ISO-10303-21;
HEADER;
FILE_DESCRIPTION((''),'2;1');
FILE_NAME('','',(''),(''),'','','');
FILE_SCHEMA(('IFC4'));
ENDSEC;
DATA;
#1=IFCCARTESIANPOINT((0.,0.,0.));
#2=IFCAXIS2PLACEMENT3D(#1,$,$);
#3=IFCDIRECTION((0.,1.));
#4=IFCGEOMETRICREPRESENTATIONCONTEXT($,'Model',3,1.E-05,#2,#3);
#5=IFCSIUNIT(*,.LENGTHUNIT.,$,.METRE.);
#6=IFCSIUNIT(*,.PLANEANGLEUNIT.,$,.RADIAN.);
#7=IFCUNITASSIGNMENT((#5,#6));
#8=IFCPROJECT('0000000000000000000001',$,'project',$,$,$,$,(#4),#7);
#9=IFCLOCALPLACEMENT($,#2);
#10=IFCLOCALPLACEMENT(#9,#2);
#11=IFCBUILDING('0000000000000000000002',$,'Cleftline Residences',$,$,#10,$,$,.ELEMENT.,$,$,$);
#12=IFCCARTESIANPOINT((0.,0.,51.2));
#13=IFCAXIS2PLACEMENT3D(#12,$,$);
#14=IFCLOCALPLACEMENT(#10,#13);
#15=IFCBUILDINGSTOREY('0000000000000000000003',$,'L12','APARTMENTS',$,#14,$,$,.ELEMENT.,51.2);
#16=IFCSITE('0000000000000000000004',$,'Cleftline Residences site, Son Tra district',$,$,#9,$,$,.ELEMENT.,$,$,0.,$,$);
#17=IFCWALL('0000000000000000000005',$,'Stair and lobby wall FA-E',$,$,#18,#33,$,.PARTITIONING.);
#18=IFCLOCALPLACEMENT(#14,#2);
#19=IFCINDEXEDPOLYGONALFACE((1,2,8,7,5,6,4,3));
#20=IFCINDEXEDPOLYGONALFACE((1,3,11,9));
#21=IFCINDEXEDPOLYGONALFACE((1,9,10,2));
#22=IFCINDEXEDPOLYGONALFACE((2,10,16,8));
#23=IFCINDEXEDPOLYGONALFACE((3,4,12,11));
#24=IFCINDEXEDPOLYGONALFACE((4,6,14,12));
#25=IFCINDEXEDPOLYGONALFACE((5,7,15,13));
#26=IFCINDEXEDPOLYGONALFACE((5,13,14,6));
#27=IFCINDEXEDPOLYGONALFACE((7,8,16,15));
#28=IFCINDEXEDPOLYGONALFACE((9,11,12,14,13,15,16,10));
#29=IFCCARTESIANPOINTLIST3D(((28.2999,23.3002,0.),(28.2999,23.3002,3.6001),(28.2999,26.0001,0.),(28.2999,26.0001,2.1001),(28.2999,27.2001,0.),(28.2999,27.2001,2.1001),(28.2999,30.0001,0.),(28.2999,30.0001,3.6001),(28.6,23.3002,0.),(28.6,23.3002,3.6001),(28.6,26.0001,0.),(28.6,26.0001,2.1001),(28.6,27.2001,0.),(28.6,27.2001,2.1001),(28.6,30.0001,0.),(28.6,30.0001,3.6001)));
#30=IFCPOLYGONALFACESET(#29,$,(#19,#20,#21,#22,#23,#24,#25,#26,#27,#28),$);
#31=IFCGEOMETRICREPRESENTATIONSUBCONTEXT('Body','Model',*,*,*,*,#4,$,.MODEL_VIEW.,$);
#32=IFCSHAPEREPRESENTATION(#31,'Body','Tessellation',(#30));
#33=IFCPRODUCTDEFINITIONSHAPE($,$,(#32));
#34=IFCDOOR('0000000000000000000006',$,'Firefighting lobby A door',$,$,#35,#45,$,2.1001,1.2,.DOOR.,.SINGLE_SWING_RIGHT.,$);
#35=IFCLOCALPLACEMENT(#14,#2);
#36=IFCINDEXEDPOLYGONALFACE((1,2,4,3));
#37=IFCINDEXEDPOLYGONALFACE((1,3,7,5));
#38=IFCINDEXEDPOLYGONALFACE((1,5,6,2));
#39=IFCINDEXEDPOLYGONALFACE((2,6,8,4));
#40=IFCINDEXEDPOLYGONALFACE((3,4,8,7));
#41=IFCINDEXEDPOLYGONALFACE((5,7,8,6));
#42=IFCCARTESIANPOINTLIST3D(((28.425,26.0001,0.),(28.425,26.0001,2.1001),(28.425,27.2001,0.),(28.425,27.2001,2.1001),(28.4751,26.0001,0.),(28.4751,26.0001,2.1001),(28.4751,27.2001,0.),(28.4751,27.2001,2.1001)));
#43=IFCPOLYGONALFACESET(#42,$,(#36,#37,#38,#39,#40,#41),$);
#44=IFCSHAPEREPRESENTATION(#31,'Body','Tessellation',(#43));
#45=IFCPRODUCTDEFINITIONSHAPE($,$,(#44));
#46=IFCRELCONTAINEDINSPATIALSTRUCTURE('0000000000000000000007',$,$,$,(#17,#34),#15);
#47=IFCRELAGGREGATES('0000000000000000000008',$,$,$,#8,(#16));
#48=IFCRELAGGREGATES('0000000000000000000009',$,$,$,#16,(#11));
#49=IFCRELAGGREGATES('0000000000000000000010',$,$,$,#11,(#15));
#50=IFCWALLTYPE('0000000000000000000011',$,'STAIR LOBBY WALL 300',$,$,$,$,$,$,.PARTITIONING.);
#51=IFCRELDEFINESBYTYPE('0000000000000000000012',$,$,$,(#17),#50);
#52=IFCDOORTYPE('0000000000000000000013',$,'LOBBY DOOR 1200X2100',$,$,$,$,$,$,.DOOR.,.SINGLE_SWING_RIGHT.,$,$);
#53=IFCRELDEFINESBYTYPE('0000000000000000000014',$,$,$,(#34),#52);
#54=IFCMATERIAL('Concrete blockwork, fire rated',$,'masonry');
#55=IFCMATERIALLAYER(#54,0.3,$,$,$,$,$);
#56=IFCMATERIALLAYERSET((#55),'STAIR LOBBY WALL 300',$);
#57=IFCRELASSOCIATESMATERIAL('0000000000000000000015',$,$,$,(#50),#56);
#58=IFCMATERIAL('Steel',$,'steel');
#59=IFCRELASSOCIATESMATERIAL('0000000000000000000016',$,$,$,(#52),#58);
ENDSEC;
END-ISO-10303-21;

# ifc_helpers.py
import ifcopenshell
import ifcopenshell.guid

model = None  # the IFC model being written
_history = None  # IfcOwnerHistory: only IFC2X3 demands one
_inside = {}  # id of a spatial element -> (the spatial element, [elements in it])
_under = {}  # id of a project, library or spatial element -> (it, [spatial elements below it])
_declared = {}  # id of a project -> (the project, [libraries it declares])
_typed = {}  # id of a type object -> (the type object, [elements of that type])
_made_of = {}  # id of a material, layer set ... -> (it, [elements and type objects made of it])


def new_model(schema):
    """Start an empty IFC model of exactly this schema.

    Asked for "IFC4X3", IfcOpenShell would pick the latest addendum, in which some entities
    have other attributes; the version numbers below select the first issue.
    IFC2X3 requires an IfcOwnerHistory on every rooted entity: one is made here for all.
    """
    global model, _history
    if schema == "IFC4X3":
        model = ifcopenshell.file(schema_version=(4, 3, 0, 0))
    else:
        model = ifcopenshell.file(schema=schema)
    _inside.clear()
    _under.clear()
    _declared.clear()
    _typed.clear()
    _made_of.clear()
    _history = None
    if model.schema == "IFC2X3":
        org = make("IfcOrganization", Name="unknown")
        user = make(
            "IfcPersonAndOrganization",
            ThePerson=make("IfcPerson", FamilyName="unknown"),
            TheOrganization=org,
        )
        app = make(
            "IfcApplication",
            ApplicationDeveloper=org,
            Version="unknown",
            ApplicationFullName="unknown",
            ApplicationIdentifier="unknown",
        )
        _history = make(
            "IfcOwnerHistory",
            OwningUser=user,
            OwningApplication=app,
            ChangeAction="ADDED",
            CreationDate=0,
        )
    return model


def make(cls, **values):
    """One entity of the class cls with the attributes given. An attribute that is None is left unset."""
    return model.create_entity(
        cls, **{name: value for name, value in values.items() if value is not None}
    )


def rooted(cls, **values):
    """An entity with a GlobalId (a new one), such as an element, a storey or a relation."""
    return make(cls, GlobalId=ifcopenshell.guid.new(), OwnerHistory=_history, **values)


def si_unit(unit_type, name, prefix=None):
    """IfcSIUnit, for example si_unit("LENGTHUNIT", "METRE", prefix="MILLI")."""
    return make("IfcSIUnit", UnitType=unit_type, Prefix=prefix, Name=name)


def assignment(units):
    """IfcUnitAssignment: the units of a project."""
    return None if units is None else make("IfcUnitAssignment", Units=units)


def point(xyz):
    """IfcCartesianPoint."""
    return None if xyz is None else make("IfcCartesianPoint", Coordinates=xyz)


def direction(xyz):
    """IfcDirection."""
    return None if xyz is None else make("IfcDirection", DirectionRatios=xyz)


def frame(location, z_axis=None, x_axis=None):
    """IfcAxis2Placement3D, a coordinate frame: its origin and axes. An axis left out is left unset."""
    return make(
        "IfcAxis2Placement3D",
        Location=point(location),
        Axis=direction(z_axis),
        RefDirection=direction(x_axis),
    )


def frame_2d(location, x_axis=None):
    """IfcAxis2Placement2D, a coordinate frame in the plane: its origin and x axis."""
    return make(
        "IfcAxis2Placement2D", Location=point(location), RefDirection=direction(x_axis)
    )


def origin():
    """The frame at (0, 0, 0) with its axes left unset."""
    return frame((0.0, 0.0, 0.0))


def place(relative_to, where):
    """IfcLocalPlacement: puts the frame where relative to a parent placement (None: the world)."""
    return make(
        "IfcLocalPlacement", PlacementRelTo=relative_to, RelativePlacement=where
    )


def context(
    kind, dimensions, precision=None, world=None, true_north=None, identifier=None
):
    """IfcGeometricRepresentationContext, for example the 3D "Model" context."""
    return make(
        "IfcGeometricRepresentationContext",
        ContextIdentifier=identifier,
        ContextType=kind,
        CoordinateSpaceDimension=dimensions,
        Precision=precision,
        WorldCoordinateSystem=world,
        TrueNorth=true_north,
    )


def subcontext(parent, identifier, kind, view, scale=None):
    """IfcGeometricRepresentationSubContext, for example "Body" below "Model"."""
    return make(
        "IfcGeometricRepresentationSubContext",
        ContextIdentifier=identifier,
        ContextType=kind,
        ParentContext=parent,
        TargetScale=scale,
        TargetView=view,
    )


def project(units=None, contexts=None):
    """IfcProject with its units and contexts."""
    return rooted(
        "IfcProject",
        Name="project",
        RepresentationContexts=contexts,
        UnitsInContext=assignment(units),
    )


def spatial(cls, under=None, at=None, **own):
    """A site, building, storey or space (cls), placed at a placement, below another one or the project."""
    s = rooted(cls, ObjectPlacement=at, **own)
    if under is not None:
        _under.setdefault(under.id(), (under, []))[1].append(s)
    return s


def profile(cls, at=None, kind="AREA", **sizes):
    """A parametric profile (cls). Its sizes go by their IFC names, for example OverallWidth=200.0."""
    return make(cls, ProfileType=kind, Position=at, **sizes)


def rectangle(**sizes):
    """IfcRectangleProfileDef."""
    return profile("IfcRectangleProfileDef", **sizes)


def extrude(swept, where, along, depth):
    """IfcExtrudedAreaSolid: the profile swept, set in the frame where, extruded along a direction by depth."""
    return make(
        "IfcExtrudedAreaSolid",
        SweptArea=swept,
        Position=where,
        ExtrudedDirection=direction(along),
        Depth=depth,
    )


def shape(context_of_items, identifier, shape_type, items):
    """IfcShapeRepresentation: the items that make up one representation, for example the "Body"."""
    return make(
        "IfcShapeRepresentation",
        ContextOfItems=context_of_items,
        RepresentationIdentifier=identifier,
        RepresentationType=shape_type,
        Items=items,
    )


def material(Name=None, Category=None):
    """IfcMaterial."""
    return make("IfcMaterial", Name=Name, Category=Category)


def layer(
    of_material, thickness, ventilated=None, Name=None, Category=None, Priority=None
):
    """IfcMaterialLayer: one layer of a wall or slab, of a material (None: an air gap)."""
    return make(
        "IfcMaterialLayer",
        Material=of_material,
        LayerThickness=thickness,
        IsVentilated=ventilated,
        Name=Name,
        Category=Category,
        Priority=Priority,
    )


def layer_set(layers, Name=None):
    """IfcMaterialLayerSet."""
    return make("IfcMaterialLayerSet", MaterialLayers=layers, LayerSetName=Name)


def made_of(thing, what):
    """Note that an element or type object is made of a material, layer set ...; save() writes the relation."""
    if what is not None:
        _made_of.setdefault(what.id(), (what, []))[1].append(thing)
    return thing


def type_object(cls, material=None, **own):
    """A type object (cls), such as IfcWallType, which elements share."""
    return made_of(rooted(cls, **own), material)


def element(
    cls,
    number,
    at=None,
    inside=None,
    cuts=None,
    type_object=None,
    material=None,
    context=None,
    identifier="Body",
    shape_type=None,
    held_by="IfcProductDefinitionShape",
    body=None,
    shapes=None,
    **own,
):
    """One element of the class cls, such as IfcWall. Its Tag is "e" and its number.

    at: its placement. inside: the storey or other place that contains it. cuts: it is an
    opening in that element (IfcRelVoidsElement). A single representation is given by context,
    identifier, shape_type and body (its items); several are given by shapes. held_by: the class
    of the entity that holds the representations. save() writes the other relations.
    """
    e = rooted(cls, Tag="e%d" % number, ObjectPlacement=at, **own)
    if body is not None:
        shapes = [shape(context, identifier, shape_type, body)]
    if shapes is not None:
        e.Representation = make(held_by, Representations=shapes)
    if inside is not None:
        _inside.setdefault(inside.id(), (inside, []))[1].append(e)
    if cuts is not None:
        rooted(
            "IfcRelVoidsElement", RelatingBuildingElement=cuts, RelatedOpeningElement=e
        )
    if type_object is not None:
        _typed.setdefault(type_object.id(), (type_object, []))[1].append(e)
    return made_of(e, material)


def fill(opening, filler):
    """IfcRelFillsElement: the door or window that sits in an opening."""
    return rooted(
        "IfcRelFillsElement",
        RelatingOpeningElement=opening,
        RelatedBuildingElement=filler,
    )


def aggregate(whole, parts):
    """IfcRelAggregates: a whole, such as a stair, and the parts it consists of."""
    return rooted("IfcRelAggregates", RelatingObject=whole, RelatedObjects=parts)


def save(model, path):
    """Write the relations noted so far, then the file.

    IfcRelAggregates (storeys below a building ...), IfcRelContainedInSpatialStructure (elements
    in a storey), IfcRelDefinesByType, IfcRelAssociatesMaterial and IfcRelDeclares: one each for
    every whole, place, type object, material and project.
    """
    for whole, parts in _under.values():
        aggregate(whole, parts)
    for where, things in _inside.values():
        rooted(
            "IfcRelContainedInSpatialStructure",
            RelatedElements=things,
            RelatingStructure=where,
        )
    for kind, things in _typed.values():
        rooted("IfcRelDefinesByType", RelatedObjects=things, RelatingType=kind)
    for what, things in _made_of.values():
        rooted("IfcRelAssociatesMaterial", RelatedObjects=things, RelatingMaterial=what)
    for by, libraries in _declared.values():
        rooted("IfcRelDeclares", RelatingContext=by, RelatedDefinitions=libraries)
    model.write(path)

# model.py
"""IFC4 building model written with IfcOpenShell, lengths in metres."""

from ifc_helpers import new_model, si_unit, direction, frame, frame_2d, origin, place, context, subcontext, project, spatial, rectangle, extrude, material, layer, layer_set, type_object, element, fill, save


model = new_model("IFC4")

# Units and contexts
model_context = context("Model", 3, precision=1e-05, world=origin(), true_north=direction((0.0, 1.0)))
body_context = subcontext(model_context, "Body", "Model", "MODEL_VIEW")
ifc_project = project(units=[si_unit("LENGTHUNIT", "METRE"), si_unit("PLANEANGLEUNIT", "RADIAN")], contexts=[model_context])

# Site, building, storey
site_placement = place(None, origin())
site = spatial("IfcSite", under=ifc_project, at=site_placement, Name="Cleftline Residences site, Son Tra district", CompositionType="ELEMENT", RefElevation=0.0)
building_placement = place(site_placement, origin())
building = spatial("IfcBuilding", under=site, at=building_placement, Name="Cleftline Residences", CompositionType="ELEMENT")
storey_placement = place(building_placement, frame((0.0, 0.0, 51.2)))
storey = spatial("IfcBuildingStorey", under=building, at=storey_placement, Name="L12", Description="APARTMENTS", CompositionType="ELEMENT", Elevation=51.2)

# Wall, opening, door
ifc_material_1 = material(Name="Concrete blockwork, fire rated", Category="masonry")
ifc_layer_1 = layer(ifc_material_1, 0.3)
ifc_layer_set_1 = layer_set([ifc_layer_1], Name="STAIR LOBBY WALL 300")
wall_type_1 = type_object("IfcWallType", Name="STAIR LOBBY WALL 300", PredefinedType="PARTITIONING", material=ifc_layer_set_1)
wall_1_placement = place(storey_placement, frame((28.45, 23.3, 0.0), z_axis=(0.0, 0.0, 1.0), x_axis=(0.0, 1.0, 0.0)))
wall_1 = element("IfcWall", 1, at=wall_1_placement, inside=storey, type_object=wall_type_1, Name="Stair and lobby wall FA-E", PredefinedType="PARTITIONING", context=body_context, shape_type="SweptSolid", body=[
    extrude(rectangle(XDim=6.7, YDim=0.3, at=frame_2d((3.3501, 0.0))), origin(), (0.0, 0.0, 1.0), 3.6001),
])
opening_1_placement = place(wall_1_placement, frame((2.7, 0.0, 0.0)))
opening_1 = element("IfcOpeningElement", 2, at=opening_1_placement, cuts=wall_1, PredefinedType="OPENING", context=body_context, shape_type="SweptSolid", body=[
    extrude(rectangle(XDim=1.2, YDim=2.1001, at=frame_2d((0.6001, 1.05))), frame((0.0, 0.1599, 0.0), z_axis=(0.0, -1.0, 0.0), x_axis=(1.0, 0.0, 0.0)), (0.0, 0.0, 1.0), 0.3201),
])
ifc_material_2 = material(Name="Steel", Category="steel")
door_type_1 = type_object("IfcDoorType", Name="LOBBY DOOR 1200X2100", OperationType="SINGLE_SWING_RIGHT", PredefinedType="DOOR", material=ifc_material_2)
door_1_placement = place(opening_1_placement, origin())
door_1 = element("IfcDoor", 3, at=door_1_placement, inside=storey, type_object=door_type_1, Name="Firefighting lobby A door", OperationType="SINGLE_SWING_RIGHT", OverallHeight=2.1001, OverallWidth=1.2, PredefinedType="DOOR", context=body_context, shape_type="SweptSolid", body=[
    extrude(rectangle(XDim=1.2, YDim=2.1001, at=frame_2d((0.6001, 1.05))), frame((0.0, 0.0249, 0.0), z_axis=(0.0, -1.0, 0.0), x_axis=(1.0, 0.0, 0.0)), (0.0, 0.0, 1.0), 0.05),
])
fill(opening_1, door_1)

save(model, "model.ifc")
